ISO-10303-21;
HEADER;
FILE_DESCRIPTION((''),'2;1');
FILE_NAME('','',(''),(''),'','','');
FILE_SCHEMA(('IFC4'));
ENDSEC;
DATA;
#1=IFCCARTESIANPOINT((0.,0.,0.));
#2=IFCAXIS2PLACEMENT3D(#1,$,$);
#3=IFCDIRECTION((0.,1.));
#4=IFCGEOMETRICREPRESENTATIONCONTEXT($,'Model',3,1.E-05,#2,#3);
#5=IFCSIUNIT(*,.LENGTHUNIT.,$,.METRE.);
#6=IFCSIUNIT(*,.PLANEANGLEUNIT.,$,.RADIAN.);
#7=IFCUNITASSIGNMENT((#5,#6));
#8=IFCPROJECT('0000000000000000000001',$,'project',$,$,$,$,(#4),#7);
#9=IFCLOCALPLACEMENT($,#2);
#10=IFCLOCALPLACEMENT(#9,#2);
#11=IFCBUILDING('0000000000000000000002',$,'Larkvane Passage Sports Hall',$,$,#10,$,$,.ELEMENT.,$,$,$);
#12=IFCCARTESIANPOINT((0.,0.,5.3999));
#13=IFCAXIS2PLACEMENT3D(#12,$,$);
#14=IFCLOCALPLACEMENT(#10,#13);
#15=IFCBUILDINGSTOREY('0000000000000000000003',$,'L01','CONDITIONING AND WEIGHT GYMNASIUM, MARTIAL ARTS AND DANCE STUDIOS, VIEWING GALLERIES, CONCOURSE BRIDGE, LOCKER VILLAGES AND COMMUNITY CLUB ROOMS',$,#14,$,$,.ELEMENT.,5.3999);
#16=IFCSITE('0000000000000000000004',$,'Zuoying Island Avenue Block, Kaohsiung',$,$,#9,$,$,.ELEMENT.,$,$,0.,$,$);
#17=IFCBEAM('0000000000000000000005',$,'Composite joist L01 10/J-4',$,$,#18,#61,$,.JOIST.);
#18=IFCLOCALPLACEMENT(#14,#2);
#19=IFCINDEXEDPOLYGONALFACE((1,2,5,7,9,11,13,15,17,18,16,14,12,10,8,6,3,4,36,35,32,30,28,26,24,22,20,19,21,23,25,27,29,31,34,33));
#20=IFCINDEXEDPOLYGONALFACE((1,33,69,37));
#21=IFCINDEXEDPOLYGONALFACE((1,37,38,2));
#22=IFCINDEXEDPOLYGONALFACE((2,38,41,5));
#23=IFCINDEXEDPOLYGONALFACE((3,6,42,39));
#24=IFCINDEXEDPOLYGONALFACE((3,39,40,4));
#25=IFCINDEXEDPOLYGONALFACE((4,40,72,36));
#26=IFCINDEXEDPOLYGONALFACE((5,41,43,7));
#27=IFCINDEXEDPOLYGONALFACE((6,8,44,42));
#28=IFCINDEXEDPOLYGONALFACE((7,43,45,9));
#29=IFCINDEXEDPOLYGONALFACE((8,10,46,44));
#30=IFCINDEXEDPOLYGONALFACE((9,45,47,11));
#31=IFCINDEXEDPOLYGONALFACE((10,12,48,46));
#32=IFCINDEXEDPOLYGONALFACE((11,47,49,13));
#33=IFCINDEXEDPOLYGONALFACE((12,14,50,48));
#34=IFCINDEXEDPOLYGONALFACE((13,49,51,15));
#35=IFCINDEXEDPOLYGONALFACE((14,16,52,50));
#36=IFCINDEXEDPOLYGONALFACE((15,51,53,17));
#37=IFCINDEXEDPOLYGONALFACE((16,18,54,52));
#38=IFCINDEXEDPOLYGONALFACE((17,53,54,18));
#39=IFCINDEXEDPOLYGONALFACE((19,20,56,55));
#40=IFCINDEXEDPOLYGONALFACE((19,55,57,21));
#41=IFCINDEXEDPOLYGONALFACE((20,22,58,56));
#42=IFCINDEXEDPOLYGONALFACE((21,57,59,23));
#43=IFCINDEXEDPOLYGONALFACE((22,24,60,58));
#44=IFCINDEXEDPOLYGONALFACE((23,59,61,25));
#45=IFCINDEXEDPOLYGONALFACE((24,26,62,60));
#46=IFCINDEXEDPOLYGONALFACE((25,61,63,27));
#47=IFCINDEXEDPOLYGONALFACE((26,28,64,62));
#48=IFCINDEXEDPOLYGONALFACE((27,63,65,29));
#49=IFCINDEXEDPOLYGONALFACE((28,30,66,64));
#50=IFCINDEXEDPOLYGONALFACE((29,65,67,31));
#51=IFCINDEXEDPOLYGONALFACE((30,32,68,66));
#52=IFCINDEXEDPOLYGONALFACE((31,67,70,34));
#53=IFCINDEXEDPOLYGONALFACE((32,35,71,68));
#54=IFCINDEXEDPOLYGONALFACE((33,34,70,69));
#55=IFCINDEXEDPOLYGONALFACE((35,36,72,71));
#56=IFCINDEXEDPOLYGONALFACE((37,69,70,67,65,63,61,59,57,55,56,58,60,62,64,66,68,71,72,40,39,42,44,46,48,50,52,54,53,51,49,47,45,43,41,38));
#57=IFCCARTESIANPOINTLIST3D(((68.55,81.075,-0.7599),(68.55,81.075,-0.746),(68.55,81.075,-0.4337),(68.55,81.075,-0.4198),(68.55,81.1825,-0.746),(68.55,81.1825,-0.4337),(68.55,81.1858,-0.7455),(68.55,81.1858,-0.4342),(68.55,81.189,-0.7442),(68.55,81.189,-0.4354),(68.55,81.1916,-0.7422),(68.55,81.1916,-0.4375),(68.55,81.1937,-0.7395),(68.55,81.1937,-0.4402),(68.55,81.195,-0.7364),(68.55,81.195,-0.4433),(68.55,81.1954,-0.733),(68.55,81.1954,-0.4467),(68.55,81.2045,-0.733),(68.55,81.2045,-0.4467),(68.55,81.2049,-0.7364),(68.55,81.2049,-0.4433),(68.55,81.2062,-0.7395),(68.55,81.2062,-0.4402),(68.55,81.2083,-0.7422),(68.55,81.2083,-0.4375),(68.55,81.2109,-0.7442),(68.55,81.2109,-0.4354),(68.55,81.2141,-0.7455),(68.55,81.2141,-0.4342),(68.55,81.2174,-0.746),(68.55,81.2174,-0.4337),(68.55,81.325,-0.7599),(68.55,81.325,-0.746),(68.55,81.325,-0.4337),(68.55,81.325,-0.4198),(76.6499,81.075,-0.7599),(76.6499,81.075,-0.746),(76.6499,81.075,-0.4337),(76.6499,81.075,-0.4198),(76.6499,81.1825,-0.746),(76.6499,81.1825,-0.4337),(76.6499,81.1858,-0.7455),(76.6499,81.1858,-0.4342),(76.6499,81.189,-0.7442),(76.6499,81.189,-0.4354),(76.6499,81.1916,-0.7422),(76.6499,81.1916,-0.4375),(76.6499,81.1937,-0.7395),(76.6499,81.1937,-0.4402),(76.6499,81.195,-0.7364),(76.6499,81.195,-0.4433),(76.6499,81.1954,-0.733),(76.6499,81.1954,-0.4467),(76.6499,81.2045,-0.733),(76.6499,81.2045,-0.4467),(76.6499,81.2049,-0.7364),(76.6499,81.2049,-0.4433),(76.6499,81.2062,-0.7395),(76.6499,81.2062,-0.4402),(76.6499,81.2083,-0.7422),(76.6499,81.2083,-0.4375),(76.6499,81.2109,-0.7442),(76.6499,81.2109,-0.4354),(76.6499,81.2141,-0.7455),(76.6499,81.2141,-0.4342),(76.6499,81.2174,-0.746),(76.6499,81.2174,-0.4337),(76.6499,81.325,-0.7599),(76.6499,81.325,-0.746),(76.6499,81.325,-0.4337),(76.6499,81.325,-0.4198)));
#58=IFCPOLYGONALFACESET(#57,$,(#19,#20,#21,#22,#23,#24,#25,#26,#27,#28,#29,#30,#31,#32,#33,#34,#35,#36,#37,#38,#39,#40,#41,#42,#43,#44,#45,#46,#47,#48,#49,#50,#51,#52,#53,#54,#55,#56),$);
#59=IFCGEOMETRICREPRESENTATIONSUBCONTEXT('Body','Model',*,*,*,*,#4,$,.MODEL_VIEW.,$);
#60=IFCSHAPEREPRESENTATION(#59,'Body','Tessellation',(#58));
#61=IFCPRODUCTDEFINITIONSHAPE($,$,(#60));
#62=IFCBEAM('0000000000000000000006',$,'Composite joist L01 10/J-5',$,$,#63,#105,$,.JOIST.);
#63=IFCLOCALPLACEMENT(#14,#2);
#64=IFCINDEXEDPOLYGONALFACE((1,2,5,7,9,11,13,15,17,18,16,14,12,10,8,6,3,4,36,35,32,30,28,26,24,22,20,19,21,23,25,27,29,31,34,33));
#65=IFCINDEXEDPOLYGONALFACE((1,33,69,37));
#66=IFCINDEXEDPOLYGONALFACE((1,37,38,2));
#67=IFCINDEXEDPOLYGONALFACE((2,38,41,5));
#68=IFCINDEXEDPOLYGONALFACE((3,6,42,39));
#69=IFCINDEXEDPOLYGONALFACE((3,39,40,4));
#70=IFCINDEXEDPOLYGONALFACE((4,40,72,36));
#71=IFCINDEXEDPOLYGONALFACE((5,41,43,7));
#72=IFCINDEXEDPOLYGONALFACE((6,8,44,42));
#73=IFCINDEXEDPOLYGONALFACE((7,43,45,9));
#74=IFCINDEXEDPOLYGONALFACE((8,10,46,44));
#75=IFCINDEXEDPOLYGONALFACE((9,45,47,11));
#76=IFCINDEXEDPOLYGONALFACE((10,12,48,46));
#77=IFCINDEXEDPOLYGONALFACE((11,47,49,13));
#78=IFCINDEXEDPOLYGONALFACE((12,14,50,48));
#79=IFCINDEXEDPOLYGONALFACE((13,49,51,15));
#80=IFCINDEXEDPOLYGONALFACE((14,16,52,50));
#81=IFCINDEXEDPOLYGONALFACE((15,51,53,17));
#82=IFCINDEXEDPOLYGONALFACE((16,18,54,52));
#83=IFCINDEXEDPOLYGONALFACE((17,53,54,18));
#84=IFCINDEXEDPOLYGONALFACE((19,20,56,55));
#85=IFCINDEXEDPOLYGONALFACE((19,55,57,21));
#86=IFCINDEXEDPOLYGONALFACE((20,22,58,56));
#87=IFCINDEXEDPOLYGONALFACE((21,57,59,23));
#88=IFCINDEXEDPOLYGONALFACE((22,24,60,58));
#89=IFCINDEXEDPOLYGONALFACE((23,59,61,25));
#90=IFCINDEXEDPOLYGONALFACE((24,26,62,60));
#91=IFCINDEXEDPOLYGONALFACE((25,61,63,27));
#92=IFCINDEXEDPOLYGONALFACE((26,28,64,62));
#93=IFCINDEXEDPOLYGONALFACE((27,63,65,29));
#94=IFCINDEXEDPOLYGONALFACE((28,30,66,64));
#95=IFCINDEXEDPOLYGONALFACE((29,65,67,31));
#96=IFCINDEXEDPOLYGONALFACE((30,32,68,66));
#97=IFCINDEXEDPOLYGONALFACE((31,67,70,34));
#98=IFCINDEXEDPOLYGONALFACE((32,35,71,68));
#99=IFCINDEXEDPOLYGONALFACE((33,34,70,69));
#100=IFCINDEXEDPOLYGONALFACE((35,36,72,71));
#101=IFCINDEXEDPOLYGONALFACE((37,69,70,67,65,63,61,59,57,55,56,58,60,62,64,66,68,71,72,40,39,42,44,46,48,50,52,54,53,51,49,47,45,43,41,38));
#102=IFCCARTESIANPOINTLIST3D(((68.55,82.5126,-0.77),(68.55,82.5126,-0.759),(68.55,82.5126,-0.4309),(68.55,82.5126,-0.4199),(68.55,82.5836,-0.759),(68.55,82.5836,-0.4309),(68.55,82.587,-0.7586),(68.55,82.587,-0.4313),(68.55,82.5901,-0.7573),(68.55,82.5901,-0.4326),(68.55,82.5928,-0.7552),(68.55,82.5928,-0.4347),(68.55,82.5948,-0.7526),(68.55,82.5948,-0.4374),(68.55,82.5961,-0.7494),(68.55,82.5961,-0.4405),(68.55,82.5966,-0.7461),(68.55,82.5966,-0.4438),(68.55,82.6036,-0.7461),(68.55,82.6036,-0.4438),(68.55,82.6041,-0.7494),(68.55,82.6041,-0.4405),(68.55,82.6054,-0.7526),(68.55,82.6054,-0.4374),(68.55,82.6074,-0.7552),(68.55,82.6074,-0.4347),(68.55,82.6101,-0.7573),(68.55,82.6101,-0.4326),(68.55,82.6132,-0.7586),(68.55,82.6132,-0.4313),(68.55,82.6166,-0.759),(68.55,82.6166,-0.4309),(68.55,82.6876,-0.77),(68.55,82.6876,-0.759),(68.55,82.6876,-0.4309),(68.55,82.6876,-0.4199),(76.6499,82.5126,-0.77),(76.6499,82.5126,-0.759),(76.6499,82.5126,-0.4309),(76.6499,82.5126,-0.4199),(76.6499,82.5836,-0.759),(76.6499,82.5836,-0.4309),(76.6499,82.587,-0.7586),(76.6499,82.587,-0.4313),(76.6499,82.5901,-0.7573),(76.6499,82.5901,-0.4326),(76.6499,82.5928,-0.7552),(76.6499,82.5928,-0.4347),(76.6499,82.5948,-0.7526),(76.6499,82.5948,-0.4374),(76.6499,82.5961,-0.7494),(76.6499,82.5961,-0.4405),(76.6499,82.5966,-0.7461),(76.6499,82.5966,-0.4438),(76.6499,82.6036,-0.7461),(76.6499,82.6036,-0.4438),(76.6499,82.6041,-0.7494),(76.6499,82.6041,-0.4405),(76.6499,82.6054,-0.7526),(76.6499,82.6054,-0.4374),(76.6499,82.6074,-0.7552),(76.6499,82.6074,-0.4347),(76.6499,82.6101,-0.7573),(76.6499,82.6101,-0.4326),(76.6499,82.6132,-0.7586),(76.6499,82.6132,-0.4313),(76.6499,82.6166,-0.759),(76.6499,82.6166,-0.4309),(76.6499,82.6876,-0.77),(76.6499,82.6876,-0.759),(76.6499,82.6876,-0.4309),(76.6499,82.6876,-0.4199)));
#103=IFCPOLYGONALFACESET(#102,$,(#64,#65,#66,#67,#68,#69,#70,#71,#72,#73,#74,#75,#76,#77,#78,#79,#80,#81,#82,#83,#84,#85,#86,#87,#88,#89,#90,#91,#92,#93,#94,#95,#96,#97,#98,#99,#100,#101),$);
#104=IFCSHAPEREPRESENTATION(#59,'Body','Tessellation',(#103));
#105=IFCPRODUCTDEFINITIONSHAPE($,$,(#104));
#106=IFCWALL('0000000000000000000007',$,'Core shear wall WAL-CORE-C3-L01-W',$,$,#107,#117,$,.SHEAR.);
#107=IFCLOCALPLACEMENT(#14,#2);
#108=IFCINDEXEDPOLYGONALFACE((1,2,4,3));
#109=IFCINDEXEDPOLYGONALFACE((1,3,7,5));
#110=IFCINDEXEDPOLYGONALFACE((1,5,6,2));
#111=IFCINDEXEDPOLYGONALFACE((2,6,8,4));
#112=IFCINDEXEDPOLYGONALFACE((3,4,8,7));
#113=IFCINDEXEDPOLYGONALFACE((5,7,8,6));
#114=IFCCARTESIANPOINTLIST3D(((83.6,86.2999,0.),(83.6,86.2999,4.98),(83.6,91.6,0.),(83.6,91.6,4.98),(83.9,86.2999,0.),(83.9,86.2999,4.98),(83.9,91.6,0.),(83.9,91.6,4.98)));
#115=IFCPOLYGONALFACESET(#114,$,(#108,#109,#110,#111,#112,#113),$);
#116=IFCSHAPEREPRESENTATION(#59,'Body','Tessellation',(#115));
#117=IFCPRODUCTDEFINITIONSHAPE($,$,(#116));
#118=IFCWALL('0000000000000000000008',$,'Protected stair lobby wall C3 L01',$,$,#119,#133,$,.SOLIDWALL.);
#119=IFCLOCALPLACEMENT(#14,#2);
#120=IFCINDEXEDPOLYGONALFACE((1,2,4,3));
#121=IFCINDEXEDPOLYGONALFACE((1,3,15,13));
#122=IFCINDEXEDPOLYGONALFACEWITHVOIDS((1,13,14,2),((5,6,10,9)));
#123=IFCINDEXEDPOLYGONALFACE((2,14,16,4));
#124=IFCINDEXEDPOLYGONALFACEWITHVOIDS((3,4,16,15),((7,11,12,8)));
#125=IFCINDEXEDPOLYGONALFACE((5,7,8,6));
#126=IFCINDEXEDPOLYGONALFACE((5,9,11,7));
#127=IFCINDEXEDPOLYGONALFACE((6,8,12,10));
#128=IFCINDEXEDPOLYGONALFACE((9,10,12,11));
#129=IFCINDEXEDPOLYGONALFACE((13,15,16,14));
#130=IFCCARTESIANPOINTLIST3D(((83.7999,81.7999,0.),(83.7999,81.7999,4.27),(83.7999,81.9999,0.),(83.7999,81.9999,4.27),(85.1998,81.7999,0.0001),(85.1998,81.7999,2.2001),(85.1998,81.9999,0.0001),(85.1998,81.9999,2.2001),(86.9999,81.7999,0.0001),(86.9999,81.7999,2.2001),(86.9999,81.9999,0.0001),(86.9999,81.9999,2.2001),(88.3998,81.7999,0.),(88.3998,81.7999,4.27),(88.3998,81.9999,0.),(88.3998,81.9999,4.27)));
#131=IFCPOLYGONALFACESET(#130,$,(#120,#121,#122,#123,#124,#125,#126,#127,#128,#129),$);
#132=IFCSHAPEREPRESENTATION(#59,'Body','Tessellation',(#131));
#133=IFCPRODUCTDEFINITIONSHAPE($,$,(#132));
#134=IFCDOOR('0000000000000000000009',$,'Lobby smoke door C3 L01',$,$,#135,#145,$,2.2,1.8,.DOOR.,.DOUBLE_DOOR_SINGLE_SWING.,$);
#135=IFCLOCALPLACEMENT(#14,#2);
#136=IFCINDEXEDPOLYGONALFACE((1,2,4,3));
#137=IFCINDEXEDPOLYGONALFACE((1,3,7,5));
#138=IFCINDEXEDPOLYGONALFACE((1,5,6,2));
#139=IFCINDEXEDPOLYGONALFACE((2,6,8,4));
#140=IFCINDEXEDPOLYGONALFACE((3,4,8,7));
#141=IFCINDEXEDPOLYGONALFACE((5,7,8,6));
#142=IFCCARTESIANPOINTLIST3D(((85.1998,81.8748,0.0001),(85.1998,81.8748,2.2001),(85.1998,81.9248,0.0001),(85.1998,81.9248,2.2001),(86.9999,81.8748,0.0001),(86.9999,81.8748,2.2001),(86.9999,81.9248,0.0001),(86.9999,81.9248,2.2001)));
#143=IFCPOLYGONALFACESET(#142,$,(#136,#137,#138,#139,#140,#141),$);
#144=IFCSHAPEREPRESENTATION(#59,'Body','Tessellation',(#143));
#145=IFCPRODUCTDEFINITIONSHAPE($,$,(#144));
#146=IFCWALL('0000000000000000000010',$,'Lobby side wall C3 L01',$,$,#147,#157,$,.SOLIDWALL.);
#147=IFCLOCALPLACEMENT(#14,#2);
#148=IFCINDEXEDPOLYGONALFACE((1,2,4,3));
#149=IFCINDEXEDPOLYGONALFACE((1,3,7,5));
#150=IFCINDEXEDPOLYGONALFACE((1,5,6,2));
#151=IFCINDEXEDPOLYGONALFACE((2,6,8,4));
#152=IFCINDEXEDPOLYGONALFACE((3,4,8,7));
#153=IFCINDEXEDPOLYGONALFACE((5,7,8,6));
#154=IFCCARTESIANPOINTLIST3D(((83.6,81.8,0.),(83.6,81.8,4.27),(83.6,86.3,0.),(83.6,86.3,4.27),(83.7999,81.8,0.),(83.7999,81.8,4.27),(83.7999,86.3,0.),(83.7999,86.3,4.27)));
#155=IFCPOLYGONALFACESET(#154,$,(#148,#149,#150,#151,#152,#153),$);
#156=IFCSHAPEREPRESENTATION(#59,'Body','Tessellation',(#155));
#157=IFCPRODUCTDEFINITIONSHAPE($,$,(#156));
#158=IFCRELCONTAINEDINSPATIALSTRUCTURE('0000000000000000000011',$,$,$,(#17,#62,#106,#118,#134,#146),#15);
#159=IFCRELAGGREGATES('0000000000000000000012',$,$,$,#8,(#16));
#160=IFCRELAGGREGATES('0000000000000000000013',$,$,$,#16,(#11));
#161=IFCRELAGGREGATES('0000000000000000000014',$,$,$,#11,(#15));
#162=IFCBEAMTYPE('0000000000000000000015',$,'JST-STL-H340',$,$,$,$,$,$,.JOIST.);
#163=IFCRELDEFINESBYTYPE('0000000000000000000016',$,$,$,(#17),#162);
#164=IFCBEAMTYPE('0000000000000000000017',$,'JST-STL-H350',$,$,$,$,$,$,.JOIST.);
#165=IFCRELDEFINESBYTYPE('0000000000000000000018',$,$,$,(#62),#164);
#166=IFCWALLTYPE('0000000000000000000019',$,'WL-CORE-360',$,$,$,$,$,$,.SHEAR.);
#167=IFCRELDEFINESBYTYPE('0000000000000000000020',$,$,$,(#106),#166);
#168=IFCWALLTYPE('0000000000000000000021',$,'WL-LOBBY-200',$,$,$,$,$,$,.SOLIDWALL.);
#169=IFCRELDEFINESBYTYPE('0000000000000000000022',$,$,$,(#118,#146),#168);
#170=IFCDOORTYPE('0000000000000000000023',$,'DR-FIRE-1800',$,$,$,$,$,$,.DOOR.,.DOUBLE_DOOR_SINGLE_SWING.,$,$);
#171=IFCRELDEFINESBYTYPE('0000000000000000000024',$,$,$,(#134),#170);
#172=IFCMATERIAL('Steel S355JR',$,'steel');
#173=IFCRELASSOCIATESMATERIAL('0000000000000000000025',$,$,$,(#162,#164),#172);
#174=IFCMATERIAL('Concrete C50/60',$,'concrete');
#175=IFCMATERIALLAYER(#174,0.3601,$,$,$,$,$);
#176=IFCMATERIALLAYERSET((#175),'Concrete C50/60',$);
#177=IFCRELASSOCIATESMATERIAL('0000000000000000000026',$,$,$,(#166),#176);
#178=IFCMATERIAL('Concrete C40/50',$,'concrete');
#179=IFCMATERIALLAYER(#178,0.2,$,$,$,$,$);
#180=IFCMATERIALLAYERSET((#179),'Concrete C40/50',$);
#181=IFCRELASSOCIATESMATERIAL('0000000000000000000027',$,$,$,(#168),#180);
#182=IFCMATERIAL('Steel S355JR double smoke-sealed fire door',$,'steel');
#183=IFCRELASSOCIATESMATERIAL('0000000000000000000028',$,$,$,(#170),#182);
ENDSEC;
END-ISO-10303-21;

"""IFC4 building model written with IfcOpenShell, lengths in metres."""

from ifc_helpers import new_model, si_unit, direction, frame, frame_2d, origin, origin_2d, place, context, subcontext, project, spatial, rectangle, i_section, extrude, material, layer, layer_set, material_profile, profile_set, type_object, element, fill, save


model = new_model("IFC4")

# Units and contexts
model_context = context("Model", 3, precision=1e-05, world=origin(), true_north=direction((0.0, 1.0)))
body_context = subcontext(model_context, "Body", "Model", "MODEL_VIEW")
ifc_project = project(units=[si_unit("LENGTHUNIT", "METRE"), si_unit("PLANEANGLEUNIT", "RADIAN")], contexts=[model_context])

# Site, building, storey
site_placement = place(None, origin())
site = spatial("IfcSite", under=ifc_project, at=site_placement, Name="Zuoying Island Avenue Block, Kaohsiung", CompositionType="ELEMENT", RefElevation=0.0)
building_placement = place(site_placement, origin())
building = spatial("IfcBuilding", under=site, at=building_placement, Name="Larkvane Passage Sports Hall", CompositionType="ELEMENT")
storey_placement = place(building_placement, frame((0.0, 0.0, 5.3999)))
storey = spatial("IfcBuildingStorey", under=building, at=storey_placement, Name="L01", Description="CONDITIONING AND WEIGHT GYMNASIUM, MARTIAL ARTS AND DANCE STUDIOS, VIEWING GALLERIES, CONCOURSE BRIDGE, LOCKER VILLAGES AND COMMUNITY CLUB ROOMS", CompositionType="ELEMENT", Elevation=5.3999)

# Shared definitions
ifc_material_1 = material(Name="Concrete C50/60", Category="concrete")

# Beams
ifc_material_2 = material(Name="Steel S355JR", Category="steel")
ifc_material_profile_1 = material_profile(ifc_material_2, i_section(OverallWidth=0.25, OverallDepth=0.3401, WebThickness=0.009, FlangeThickness=0.0139, FilletRadius=0.0129, at=origin_2d()), Name="H-340x250x9x14")
ifc_profile_set_1 = profile_set([ifc_material_profile_1], Name="Steel S355JR")
beam_type_1 = type_object("IfcBeamType", Name="JST-STL-H340", PredefinedType="JOIST", material=ifc_profile_set_1)
beam_1_placement = place(storey_placement, frame((68.55, 81.2, -0.5898), z_axis=(1.0, 0.0, 0.0), x_axis=(0.0, 1.0, 0.0)))
element("IfcBeam", 1, at=beam_1_placement, inside=storey, type_object=beam_type_1, Name="Composite joist L01 10/J-4", PredefinedType="JOIST", context=body_context, shape_type="SweptSolid", body=[
    extrude(i_section(OverallWidth=0.25, OverallDepth=0.3401, WebThickness=0.009, FlangeThickness=0.0139, FilletRadius=0.0129, at=origin_2d()), origin(), (0.0, 0.0, 1.0), 8.0999),
])
ifc_material_profile_2 = material_profile(ifc_material_2, i_section(OverallWidth=0.175, OverallDepth=0.3501, WebThickness=0.0071, FlangeThickness=0.011, FilletRadius=0.0129, at=origin_2d()), Name="H-350x175x7x11")
ifc_profile_set_2 = profile_set([ifc_material_profile_2], Name="Steel S355JR")
beam_type_2 = type_object("IfcBeamType", Name="JST-STL-H350", PredefinedType="JOIST", material=ifc_profile_set_2)
beam_2_placement = place(storey_placement, frame((68.55, 82.6001, -0.595), z_axis=(1.0, 0.0, 0.0), x_axis=(0.0, 1.0, 0.0)))
element("IfcBeam", 2, at=beam_2_placement, inside=storey, type_object=beam_type_2, Name="Composite joist L01 10/J-5", PredefinedType="JOIST", context=body_context, shape_type="SweptSolid", body=[
    extrude(i_section(OverallWidth=0.175, OverallDepth=0.3501, WebThickness=0.0071, FlangeThickness=0.011, FilletRadius=0.0129, at=origin_2d()), origin(), (0.0, 0.0, 1.0), 8.0999),
])

# Wall
ifc_layer_1 = layer(ifc_material_1, 0.3601)
ifc_layer_set_1 = layer_set([ifc_layer_1], Name="Concrete C50/60")
wall_type_1 = type_object("IfcWallType", Name="WL-CORE-360", PredefinedType="SHEAR", material=ifc_layer_set_1)
wall_1_placement = place(storey_placement, frame((83.75, 86.3, 0.0), z_axis=(0.0, 0.0, 1.0), x_axis=(0.0, 1.0, 0.0)))
element("IfcWall", 3, at=wall_1_placement, inside=storey, type_object=wall_type_1, Name="Core shear wall WAL-CORE-C3-L01-W", PredefinedType="SHEAR", context=body_context, shape_type="SweptSolid", body=[
    extrude(rectangle(XDim=5.3, YDim=0.3, at=frame_2d((2.6499, 0.0))), origin(), (0.0, 0.0, 1.0), 4.98),
])

# Wall, opening, door
ifc_material_3 = material(Name="Concrete C40/50", Category="concrete")
ifc_layer_2 = layer(ifc_material_3, 0.2)
ifc_layer_set_2 = layer_set([ifc_layer_2], Name="Concrete C40/50")
wall_type_2 = type_object("IfcWallType", Name="WL-LOBBY-200", PredefinedType="SOLIDWALL", material=ifc_layer_set_2)
wall_2_placement = place(storey_placement, frame((83.8, 81.8999, 0.0), z_axis=(0.0, 0.0, 1.0), x_axis=(1.0, 0.0, 0.0)))
wall_2 = element("IfcWall", 4, at=wall_2_placement, inside=storey, type_object=wall_type_2, Name="Protected stair lobby wall C3 L01", PredefinedType="SOLIDWALL", context=body_context, shape_type="SweptSolid", body=[
    extrude(rectangle(XDim=4.5999, YDim=0.2, at=frame_2d((2.2998, 0.0))), origin(), (0.0, 0.0, 1.0), 4.27),
])
opening_1_placement = place(wall_2_placement, frame((1.3999, 0.0, 0.0)))
opening_1 = element("IfcOpeningElement", 5, at=opening_1_placement, cuts=wall_2, PredefinedType="OPENING", context=body_context, shape_type="SweptSolid", body=[
    extrude(rectangle(XDim=1.8, YDim=2.2, at=frame_2d((0.8999, 1.1001))), frame((0.0, 0.1099, 0.0), z_axis=(0.0, -1.0, 0.0), x_axis=(1.0, 0.0, 0.0)), (0.0, 0.0, 1.0), 0.22),
])
ifc_material_4 = material(Name="Steel S355JR double smoke-sealed fire door", Category="steel")
door_type_1 = type_object("IfcDoorType", Name="DR-FIRE-1800", OperationType="DOUBLE_DOOR_SINGLE_SWING", PredefinedType="DOOR", material=ifc_material_4)
door_1_placement = place(opening_1_placement, origin())
door_1 = element("IfcDoor", 6, at=door_1_placement, inside=storey, type_object=door_type_1, Name="Lobby smoke door C3 L01", OperationType="DOUBLE_DOOR_SINGLE_SWING", OverallHeight=2.2, OverallWidth=1.8, PredefinedType="DOOR", context=body_context, shape_type="SweptSolid", body=[
    extrude(rectangle(XDim=1.8, YDim=2.2, at=frame_2d((0.8999, 1.1001))), frame((0.0, 0.0249, 0.0), z_axis=(0.0, -1.0, 0.0), x_axis=(1.0, 0.0, 0.0)), (0.0, 0.0, 1.0), 0.05),
])
fill(opening_1, door_1)

# Wall
wall_3_placement = place(storey_placement, frame((83.7, 81.8, 0.0), z_axis=(0.0, 0.0, 1.0), x_axis=(0.0, 1.0, 0.0)))
element("IfcWall", 7, at=wall_3_placement, inside=storey, type_object=wall_type_2, Name="Lobby side wall C3 L01", PredefinedType="SOLIDWALL", context=body_context, shape_type="SweptSolid", body=[
    extrude(rectangle(XDim=4.5, YDim=0.2, at=frame_2d((2.25, 0.0))), origin(), (0.0, 0.0, 1.0), 4.27),
])

save(model, "model.ifc")
